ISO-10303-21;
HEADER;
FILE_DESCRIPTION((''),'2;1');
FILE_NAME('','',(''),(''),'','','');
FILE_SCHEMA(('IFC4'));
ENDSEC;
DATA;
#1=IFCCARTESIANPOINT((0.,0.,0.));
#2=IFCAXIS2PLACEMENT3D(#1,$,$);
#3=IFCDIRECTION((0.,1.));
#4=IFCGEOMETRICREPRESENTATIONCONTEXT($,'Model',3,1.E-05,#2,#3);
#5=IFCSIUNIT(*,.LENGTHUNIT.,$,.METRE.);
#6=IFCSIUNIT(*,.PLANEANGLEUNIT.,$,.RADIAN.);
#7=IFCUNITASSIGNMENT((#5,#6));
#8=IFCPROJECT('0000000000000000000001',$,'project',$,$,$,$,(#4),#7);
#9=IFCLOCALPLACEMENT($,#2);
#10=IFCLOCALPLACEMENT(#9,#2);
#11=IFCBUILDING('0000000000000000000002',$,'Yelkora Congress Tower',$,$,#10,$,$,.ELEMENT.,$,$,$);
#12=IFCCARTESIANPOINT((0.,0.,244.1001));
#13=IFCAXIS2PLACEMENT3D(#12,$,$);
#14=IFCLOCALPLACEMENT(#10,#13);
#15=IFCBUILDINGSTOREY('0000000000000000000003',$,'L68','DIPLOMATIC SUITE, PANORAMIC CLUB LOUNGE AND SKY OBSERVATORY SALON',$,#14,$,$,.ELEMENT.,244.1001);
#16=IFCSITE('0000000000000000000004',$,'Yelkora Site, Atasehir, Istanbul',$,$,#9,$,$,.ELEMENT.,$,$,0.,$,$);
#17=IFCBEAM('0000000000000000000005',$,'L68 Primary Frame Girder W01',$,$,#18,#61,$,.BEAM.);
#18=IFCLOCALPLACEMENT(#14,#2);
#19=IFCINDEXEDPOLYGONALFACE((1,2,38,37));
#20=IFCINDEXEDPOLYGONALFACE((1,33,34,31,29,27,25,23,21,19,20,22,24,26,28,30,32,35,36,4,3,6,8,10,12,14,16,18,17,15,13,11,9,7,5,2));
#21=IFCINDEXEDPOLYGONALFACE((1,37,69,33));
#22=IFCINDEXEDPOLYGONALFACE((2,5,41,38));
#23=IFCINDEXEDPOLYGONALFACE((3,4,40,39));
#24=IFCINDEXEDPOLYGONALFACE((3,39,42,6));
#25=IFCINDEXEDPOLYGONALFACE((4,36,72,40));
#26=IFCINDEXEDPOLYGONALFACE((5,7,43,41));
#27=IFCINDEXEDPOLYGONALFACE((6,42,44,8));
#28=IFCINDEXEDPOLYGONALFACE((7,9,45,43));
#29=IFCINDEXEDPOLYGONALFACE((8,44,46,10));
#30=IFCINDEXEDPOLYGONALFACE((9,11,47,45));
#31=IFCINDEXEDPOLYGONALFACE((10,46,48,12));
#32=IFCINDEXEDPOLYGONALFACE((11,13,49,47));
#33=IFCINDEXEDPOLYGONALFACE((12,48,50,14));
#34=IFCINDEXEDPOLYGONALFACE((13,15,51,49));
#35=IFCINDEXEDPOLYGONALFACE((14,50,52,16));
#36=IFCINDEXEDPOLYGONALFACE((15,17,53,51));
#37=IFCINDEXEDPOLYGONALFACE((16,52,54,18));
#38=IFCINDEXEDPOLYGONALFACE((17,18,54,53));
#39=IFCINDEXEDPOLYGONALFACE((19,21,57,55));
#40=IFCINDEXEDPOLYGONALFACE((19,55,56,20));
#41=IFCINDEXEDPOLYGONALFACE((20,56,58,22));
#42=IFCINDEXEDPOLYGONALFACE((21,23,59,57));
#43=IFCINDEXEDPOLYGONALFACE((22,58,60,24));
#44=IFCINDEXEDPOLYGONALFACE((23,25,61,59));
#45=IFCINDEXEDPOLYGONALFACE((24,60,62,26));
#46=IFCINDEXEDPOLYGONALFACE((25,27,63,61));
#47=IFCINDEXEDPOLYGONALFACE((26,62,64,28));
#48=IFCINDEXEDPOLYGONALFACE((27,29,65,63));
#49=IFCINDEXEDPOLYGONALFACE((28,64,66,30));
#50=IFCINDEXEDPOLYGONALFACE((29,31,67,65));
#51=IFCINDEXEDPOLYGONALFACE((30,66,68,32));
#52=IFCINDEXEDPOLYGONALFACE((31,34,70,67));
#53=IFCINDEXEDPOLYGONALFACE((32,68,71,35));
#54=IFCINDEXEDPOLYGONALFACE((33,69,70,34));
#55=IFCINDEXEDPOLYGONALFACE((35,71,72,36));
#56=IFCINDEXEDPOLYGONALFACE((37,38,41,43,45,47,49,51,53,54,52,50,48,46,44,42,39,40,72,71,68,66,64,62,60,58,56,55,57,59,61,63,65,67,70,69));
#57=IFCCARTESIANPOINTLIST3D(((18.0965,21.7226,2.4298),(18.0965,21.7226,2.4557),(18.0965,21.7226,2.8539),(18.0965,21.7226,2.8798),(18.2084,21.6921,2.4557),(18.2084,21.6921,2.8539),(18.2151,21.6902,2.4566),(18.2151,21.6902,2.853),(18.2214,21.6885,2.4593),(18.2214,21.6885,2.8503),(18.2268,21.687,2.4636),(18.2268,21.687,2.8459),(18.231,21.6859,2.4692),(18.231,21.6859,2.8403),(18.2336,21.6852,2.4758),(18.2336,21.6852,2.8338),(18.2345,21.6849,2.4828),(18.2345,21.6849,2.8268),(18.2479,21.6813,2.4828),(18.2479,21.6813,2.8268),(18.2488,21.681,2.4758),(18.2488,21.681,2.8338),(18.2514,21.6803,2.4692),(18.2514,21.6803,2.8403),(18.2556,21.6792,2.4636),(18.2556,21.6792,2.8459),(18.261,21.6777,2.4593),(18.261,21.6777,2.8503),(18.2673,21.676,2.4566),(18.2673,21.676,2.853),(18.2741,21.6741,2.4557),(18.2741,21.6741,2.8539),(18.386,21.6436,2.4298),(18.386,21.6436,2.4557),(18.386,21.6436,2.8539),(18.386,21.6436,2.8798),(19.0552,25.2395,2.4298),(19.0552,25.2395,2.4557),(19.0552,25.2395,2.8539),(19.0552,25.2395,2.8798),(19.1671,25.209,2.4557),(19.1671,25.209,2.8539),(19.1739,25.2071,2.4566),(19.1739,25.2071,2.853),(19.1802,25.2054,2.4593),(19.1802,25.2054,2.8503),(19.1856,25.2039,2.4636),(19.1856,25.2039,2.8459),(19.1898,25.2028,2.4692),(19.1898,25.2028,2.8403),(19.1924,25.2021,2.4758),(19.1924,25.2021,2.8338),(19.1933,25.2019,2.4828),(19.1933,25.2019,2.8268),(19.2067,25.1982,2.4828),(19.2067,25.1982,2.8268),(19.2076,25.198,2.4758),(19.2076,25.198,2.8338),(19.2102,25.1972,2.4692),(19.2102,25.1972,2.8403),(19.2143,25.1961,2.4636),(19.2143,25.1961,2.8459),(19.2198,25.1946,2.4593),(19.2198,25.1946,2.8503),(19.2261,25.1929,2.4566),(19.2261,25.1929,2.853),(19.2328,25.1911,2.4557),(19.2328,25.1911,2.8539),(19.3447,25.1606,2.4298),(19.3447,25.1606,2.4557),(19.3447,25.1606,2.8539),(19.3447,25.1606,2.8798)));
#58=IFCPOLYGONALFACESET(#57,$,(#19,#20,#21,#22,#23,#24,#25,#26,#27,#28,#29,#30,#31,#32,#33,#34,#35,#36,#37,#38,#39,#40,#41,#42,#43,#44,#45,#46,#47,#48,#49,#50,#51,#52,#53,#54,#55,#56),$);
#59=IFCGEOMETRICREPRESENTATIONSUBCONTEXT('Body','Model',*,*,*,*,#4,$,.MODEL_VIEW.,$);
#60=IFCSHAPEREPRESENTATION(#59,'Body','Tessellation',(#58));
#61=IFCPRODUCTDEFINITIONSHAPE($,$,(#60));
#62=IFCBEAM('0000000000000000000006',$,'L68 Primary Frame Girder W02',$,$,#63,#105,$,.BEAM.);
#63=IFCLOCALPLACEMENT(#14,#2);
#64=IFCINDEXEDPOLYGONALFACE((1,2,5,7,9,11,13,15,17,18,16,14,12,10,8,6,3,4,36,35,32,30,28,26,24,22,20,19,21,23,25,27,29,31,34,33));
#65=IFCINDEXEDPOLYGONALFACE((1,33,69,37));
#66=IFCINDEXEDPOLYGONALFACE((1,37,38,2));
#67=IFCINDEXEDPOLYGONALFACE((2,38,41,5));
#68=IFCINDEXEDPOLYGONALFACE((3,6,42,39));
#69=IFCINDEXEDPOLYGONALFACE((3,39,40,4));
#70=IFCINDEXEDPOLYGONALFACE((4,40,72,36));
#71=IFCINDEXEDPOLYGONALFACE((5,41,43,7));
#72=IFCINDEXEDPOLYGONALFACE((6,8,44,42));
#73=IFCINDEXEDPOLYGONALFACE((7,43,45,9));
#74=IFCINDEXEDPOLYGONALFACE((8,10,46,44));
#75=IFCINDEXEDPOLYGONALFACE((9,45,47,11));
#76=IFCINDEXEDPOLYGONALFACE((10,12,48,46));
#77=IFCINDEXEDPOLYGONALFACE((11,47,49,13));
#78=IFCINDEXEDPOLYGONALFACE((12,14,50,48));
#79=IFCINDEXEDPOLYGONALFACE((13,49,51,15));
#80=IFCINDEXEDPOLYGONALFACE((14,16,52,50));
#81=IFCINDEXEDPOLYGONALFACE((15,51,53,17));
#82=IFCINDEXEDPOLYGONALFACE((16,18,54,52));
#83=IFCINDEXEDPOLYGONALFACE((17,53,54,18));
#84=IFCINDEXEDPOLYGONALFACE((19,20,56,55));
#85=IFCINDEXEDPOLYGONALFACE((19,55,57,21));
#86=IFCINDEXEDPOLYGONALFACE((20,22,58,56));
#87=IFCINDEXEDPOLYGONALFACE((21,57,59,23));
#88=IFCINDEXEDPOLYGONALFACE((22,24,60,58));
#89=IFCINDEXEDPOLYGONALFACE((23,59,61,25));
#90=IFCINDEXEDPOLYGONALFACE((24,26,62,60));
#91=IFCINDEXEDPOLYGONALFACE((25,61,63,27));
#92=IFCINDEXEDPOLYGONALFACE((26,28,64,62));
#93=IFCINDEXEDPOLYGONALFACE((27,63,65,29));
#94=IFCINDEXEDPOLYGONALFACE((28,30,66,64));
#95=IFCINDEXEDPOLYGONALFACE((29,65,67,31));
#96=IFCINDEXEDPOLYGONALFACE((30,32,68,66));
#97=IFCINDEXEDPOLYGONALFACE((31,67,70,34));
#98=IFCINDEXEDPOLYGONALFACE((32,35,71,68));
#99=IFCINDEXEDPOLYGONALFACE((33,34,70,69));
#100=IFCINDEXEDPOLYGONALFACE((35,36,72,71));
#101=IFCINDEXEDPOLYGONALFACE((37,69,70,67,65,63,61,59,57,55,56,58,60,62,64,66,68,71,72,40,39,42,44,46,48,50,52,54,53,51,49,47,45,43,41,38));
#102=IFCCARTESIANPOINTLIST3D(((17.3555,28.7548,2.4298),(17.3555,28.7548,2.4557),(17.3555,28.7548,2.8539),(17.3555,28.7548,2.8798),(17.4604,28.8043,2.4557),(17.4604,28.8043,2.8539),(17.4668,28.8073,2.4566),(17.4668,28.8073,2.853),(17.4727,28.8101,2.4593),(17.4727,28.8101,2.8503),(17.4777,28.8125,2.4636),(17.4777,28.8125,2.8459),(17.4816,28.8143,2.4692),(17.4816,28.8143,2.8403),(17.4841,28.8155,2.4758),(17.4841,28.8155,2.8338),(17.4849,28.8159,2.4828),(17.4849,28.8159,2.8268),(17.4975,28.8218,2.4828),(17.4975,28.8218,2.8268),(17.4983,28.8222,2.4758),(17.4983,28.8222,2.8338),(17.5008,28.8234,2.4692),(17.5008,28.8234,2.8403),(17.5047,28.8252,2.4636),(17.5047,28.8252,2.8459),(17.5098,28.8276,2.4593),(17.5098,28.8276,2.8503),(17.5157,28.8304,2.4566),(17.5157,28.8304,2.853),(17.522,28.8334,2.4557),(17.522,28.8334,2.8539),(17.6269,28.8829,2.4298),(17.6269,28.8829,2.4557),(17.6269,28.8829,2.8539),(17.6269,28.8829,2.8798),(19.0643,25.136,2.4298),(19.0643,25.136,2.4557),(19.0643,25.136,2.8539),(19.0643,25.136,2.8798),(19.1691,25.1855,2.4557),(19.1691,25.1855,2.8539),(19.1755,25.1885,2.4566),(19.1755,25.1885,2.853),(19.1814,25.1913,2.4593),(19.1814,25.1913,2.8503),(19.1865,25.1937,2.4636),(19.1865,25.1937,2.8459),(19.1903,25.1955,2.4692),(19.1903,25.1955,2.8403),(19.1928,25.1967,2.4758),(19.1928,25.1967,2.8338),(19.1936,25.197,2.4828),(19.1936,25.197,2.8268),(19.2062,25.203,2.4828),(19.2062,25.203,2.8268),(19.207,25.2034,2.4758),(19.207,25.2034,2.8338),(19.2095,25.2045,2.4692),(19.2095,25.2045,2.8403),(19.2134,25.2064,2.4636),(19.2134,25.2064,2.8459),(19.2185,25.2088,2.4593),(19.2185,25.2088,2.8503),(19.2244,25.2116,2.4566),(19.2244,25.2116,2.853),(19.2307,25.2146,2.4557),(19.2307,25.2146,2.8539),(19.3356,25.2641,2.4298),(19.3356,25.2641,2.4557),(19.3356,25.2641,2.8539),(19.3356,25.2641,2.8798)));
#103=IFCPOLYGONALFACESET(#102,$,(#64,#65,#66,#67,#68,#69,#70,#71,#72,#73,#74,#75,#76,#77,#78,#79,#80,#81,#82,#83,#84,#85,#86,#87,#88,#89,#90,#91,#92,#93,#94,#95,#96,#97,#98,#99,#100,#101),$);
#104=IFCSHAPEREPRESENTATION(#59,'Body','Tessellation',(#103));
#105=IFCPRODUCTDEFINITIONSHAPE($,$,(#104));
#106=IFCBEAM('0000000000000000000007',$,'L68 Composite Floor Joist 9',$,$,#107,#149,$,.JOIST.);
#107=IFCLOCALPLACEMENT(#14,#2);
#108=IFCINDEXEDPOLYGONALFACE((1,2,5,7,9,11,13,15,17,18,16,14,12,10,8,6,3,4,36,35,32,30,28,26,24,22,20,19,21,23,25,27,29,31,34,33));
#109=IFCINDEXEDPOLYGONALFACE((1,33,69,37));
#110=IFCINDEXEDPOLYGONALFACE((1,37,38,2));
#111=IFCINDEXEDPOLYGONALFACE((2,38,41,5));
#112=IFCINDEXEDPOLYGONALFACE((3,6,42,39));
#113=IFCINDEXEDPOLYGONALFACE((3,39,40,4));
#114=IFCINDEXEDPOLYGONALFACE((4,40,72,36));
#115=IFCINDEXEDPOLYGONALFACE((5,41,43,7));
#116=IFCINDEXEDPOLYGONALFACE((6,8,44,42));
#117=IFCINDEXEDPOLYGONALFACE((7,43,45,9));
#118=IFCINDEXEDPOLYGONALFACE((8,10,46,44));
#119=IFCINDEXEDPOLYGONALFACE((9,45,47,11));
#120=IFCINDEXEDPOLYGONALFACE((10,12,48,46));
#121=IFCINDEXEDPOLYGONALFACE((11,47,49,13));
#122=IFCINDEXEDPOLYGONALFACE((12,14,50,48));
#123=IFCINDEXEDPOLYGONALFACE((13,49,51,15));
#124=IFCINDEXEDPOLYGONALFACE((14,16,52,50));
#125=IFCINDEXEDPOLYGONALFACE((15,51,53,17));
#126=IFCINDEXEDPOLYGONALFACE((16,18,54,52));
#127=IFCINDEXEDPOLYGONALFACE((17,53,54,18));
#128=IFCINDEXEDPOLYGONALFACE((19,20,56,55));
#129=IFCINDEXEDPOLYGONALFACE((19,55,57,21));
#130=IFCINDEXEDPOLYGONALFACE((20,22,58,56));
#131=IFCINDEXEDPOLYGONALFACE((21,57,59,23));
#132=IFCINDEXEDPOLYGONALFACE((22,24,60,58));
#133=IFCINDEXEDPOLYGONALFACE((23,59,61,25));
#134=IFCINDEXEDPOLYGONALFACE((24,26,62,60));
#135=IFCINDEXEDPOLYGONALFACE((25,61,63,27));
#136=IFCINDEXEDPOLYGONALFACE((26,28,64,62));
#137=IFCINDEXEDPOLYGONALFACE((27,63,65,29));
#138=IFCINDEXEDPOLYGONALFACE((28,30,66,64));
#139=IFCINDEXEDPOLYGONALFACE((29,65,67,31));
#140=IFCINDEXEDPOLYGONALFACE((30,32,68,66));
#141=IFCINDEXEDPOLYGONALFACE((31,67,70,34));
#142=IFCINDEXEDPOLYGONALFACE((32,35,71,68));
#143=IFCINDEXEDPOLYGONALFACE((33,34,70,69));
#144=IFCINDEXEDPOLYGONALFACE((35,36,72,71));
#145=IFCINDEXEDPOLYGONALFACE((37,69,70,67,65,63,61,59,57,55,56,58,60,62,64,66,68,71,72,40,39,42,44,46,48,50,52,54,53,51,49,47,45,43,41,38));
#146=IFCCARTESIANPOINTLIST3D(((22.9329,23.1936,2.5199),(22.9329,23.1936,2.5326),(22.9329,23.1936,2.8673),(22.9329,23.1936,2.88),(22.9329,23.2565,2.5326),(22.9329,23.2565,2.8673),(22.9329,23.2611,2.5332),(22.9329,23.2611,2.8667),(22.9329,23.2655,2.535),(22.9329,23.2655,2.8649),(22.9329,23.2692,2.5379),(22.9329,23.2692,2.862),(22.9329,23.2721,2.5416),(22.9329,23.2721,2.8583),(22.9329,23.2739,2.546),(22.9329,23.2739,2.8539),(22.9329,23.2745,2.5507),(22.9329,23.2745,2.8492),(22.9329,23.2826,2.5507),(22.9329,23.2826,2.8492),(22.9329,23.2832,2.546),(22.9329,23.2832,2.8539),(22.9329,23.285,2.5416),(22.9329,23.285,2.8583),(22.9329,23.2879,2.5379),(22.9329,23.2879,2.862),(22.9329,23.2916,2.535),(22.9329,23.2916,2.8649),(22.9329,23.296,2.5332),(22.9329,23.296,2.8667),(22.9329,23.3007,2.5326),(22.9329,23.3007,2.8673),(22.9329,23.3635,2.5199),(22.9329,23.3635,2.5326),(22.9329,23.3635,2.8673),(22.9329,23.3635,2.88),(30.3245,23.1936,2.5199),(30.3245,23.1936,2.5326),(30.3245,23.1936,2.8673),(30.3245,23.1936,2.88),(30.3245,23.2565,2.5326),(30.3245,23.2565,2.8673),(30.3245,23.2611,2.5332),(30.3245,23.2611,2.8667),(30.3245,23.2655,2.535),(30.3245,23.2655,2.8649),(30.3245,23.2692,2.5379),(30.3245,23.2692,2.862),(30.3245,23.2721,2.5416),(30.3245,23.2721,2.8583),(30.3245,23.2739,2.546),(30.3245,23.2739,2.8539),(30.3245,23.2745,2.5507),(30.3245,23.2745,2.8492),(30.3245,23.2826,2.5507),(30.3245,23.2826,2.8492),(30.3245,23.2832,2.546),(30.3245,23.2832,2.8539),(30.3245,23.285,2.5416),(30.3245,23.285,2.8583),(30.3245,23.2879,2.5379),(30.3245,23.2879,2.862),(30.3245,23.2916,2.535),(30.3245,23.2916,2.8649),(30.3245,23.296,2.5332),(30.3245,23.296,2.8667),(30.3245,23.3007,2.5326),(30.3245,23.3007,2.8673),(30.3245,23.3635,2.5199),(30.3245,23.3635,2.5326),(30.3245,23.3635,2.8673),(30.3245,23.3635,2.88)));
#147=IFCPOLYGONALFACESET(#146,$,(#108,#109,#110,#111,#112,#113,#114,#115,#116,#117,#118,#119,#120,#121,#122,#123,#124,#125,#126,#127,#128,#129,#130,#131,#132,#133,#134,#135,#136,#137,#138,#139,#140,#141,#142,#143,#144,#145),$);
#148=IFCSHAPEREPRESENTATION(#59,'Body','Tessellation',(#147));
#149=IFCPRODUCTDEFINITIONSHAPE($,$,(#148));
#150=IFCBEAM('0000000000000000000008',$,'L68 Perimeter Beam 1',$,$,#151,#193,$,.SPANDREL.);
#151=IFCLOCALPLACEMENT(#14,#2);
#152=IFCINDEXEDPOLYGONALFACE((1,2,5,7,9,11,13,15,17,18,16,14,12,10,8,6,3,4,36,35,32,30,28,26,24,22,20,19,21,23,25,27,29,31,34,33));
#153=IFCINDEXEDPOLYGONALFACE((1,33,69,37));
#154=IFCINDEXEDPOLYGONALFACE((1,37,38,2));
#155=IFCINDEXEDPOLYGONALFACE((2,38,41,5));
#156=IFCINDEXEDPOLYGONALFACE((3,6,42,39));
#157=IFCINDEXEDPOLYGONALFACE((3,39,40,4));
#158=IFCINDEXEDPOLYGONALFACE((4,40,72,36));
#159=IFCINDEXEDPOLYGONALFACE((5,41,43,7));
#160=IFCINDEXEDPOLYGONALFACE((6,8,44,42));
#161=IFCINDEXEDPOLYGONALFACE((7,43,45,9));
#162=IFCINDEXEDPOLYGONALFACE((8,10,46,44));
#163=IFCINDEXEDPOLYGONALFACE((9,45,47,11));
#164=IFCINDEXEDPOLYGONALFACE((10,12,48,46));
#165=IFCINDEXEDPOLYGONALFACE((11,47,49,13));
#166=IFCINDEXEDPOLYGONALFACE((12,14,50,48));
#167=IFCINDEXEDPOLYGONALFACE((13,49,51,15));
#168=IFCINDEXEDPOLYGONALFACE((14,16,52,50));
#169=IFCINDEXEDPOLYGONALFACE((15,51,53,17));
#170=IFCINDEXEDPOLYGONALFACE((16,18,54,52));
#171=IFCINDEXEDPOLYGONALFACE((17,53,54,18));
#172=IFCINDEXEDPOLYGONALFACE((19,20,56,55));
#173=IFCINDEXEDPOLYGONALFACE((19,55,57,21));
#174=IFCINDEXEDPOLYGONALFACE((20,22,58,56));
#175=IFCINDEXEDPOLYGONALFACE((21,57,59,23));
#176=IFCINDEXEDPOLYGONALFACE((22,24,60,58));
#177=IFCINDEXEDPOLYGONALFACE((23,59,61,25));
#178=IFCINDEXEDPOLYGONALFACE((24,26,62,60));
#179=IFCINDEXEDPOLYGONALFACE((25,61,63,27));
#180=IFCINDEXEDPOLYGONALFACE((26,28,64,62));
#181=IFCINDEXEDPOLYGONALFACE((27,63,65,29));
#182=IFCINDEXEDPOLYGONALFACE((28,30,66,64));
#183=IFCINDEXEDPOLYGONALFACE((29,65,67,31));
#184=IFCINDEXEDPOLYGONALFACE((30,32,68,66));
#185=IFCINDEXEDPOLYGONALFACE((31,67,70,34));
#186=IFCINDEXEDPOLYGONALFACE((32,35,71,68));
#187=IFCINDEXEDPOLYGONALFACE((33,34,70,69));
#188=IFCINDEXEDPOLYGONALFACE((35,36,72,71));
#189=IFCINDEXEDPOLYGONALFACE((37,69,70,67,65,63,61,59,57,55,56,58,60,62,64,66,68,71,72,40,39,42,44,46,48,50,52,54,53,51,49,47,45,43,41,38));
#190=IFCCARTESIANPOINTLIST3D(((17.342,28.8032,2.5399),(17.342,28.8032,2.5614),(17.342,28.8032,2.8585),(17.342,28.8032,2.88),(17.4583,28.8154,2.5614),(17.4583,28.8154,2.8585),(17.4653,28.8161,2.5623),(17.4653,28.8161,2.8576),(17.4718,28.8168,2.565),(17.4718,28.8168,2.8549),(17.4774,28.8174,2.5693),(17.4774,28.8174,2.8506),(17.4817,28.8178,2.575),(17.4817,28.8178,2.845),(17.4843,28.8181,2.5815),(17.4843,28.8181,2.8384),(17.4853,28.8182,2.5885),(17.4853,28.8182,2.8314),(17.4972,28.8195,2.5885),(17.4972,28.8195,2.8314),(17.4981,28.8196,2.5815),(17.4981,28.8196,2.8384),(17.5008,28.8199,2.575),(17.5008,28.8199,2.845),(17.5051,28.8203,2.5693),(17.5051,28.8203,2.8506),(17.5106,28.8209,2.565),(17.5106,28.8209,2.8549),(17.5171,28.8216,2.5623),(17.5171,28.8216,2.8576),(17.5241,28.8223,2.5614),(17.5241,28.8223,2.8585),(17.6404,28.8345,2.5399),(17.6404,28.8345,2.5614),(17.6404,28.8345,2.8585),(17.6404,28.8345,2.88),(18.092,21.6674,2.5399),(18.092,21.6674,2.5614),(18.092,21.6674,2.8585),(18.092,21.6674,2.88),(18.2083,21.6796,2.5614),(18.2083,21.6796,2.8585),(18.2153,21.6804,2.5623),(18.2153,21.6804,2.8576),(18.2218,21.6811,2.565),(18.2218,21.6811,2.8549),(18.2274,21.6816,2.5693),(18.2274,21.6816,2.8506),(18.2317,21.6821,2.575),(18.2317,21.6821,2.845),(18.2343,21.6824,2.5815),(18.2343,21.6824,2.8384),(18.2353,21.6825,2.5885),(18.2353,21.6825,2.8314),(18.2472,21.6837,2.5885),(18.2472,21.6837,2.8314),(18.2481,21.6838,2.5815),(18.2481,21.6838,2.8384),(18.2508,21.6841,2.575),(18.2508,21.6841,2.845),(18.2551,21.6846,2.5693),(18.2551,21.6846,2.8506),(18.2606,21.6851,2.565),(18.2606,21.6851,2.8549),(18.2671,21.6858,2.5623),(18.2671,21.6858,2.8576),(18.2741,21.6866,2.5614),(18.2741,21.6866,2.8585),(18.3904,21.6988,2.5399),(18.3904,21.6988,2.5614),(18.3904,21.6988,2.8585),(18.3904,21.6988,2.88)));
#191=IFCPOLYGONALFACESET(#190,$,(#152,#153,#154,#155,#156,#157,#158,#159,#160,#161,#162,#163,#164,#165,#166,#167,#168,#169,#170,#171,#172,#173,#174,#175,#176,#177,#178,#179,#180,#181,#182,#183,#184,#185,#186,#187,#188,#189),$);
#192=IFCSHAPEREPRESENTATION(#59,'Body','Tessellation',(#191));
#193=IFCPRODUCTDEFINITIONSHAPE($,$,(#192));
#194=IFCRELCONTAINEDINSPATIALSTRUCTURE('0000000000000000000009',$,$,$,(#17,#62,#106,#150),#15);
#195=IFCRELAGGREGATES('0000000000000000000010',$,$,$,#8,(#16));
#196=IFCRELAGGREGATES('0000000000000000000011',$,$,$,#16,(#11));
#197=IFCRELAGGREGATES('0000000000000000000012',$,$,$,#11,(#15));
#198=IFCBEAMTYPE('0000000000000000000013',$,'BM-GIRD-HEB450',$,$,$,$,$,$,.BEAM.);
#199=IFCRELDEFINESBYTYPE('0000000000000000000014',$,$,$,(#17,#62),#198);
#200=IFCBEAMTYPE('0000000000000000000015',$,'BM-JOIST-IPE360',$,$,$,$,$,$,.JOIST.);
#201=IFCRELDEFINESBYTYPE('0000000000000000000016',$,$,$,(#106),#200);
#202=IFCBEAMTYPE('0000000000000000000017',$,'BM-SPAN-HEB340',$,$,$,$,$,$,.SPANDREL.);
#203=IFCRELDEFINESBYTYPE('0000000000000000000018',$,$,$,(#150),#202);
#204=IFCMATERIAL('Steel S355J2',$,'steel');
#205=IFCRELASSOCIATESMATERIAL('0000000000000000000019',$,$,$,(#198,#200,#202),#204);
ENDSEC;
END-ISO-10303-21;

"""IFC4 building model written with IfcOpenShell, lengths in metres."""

from ifc_helpers import new_model, si_unit, direction, frame, origin, origin_2d, place, context, subcontext, project, spatial, i_section, extrude, material, material_profile, profile_set, type_object, element, save


model = new_model("IFC4")

# Units and contexts
model_context = context("Model", 3, precision=1e-05, world=origin(), true_north=direction((0.0, 1.0)))
body_context = subcontext(model_context, "Body", "Model", "MODEL_VIEW")
ifc_project = project(units=[si_unit("LENGTHUNIT", "METRE"), si_unit("PLANEANGLEUNIT", "RADIAN")], contexts=[model_context])

# Site, building, storey
site_placement = place(None, origin())
site = spatial("IfcSite", under=ifc_project, at=site_placement, Name="Yelkora Site, Atasehir, Istanbul", CompositionType="ELEMENT", RefElevation=0.0)
building_placement = place(site_placement, origin())
building = spatial("IfcBuilding", under=site, at=building_placement, Name="Yelkora Congress Tower", CompositionType="ELEMENT")
storey_placement = place(building_placement, frame((0.0, 0.0, 244.1001)))
storey = spatial("IfcBuildingStorey", under=building, at=storey_placement, Name="L68", Description="DIPLOMATIC SUITE, PANORAMIC CLUB LOUNGE AND SKY OBSERVATORY SALON", CompositionType="ELEMENT", Elevation=244.1001)

# Shared definitions
ifc_material_1 = material(Name="Steel S355J2", Category="steel")

# Beams
ifc_material_profile_1 = material_profile(ifc_material_1, i_section(OverallWidth=0.3, OverallDepth=0.45, WebThickness=0.0139, FlangeThickness=0.0259, FilletRadius=0.0271, at=origin_2d()), Name="HEB 450")
ifc_profile_set_1 = profile_set([ifc_material_profile_1], Name="Steel S355J2")
beam_type_1 = type_object("IfcBeamType", Name="BM-GIRD-HEB450", PredefinedType="BEAM", material=ifc_profile_set_1)
beam_1_placement = place(storey_placement, frame((18.2412, 21.6831, 2.6548), z_axis=(0.263015, 0.964792, 0.0), x_axis=(-0.964792, 0.263015, 0.0)))
element("IfcBeam", 1, at=beam_1_placement, inside=storey, type_object=beam_type_1, Name="L68 Primary Frame Girder W01", PredefinedType="BEAM", context=body_context, shape_type="SweptSolid", body=[
    extrude(i_section(OverallWidth=0.3, OverallDepth=0.45, WebThickness=0.0139, FlangeThickness=0.0259, FilletRadius=0.0271, at=origin_2d()), origin(), (0.0, 0.0, 1.0), 3.6453),
])
beam_2_placement = place(storey_placement, frame((17.4912, 28.8188, 2.6548), z_axis=(0.426969, -0.904266, 0.0), x_axis=(0.904266, 0.426969, 0.0)))
element("IfcBeam", 2, at=beam_2_placement, inside=storey, type_object=beam_type_1, Name="L68 Primary Frame Girder W02", PredefinedType="BEAM", context=body_context, shape_type="SweptSolid", body=[
    extrude(i_section(OverallWidth=0.3, OverallDepth=0.45, WebThickness=0.0139, FlangeThickness=0.0259, FilletRadius=0.0271, at=origin_2d()), origin(), (0.0, 0.0, 1.0), 4.002),
])
ifc_material_profile_2 = material_profile(ifc_material_1, i_section(OverallWidth=0.1699, OverallDepth=0.3601, WebThickness=0.0081, FlangeThickness=0.0127, FilletRadius=0.0181, at=origin_2d()), Name="IPE 360")
ifc_profile_set_2 = profile_set([ifc_material_profile_2], Name="Steel S355J2")
beam_type_2 = type_object("IfcBeamType", Name="BM-JOIST-IPE360", PredefinedType="JOIST", material=ifc_profile_set_2)
beam_3_placement = place(storey_placement, frame((22.9329, 23.2786, 2.7), z_axis=(1.0, 0.0, 0.0), x_axis=(0.0, 1.0, 0.0)))
element("IfcBeam", 3, at=beam_3_placement, inside=storey, type_object=beam_type_2, Name="L68 Composite Floor Joist 9", PredefinedType="JOIST", context=body_context, shape_type="SweptSolid", body=[
    extrude(i_section(OverallWidth=0.1699, OverallDepth=0.3601, WebThickness=0.0081, FlangeThickness=0.0127, FilletRadius=0.0181, at=origin_2d()), origin(), (0.0, 0.0, 1.0), 7.3916),
])
ifc_material_profile_3 = material_profile(ifc_material_1, i_section(OverallWidth=0.3, OverallDepth=0.3401, WebThickness=0.012, FlangeThickness=0.0215, FilletRadius=0.0271, at=origin_2d()), Name="HEB 340")
ifc_profile_set_3 = profile_set([ifc_material_profile_3], Name="Steel S355J2")
beam_type_3 = type_object("IfcBeamType", Name="BM-SPAN-HEB340", PredefinedType="SPANDREL", material=ifc_profile_set_3)
beam_4_placement = place(storey_placement, frame((17.4912, 28.8188, 2.71), z_axis=(0.104529, -0.994522, 0.0), x_axis=(0.994522, 0.104529, 0.0)))
element("IfcBeam", 4, at=beam_4_placement, inside=storey, type_object=beam_type_3, Name="L68 Perimeter Beam 1", PredefinedType="SPANDREL", context=body_context, shape_type="SweptSolid", body=[
    extrude(i_section(OverallWidth=0.3, OverallDepth=0.3401, WebThickness=0.012, FlangeThickness=0.0215, FilletRadius=0.0271, at=origin_2d()), origin(), (0.0, 0.0, 1.0), 7.175),
])

save(model, "model.ifc")
